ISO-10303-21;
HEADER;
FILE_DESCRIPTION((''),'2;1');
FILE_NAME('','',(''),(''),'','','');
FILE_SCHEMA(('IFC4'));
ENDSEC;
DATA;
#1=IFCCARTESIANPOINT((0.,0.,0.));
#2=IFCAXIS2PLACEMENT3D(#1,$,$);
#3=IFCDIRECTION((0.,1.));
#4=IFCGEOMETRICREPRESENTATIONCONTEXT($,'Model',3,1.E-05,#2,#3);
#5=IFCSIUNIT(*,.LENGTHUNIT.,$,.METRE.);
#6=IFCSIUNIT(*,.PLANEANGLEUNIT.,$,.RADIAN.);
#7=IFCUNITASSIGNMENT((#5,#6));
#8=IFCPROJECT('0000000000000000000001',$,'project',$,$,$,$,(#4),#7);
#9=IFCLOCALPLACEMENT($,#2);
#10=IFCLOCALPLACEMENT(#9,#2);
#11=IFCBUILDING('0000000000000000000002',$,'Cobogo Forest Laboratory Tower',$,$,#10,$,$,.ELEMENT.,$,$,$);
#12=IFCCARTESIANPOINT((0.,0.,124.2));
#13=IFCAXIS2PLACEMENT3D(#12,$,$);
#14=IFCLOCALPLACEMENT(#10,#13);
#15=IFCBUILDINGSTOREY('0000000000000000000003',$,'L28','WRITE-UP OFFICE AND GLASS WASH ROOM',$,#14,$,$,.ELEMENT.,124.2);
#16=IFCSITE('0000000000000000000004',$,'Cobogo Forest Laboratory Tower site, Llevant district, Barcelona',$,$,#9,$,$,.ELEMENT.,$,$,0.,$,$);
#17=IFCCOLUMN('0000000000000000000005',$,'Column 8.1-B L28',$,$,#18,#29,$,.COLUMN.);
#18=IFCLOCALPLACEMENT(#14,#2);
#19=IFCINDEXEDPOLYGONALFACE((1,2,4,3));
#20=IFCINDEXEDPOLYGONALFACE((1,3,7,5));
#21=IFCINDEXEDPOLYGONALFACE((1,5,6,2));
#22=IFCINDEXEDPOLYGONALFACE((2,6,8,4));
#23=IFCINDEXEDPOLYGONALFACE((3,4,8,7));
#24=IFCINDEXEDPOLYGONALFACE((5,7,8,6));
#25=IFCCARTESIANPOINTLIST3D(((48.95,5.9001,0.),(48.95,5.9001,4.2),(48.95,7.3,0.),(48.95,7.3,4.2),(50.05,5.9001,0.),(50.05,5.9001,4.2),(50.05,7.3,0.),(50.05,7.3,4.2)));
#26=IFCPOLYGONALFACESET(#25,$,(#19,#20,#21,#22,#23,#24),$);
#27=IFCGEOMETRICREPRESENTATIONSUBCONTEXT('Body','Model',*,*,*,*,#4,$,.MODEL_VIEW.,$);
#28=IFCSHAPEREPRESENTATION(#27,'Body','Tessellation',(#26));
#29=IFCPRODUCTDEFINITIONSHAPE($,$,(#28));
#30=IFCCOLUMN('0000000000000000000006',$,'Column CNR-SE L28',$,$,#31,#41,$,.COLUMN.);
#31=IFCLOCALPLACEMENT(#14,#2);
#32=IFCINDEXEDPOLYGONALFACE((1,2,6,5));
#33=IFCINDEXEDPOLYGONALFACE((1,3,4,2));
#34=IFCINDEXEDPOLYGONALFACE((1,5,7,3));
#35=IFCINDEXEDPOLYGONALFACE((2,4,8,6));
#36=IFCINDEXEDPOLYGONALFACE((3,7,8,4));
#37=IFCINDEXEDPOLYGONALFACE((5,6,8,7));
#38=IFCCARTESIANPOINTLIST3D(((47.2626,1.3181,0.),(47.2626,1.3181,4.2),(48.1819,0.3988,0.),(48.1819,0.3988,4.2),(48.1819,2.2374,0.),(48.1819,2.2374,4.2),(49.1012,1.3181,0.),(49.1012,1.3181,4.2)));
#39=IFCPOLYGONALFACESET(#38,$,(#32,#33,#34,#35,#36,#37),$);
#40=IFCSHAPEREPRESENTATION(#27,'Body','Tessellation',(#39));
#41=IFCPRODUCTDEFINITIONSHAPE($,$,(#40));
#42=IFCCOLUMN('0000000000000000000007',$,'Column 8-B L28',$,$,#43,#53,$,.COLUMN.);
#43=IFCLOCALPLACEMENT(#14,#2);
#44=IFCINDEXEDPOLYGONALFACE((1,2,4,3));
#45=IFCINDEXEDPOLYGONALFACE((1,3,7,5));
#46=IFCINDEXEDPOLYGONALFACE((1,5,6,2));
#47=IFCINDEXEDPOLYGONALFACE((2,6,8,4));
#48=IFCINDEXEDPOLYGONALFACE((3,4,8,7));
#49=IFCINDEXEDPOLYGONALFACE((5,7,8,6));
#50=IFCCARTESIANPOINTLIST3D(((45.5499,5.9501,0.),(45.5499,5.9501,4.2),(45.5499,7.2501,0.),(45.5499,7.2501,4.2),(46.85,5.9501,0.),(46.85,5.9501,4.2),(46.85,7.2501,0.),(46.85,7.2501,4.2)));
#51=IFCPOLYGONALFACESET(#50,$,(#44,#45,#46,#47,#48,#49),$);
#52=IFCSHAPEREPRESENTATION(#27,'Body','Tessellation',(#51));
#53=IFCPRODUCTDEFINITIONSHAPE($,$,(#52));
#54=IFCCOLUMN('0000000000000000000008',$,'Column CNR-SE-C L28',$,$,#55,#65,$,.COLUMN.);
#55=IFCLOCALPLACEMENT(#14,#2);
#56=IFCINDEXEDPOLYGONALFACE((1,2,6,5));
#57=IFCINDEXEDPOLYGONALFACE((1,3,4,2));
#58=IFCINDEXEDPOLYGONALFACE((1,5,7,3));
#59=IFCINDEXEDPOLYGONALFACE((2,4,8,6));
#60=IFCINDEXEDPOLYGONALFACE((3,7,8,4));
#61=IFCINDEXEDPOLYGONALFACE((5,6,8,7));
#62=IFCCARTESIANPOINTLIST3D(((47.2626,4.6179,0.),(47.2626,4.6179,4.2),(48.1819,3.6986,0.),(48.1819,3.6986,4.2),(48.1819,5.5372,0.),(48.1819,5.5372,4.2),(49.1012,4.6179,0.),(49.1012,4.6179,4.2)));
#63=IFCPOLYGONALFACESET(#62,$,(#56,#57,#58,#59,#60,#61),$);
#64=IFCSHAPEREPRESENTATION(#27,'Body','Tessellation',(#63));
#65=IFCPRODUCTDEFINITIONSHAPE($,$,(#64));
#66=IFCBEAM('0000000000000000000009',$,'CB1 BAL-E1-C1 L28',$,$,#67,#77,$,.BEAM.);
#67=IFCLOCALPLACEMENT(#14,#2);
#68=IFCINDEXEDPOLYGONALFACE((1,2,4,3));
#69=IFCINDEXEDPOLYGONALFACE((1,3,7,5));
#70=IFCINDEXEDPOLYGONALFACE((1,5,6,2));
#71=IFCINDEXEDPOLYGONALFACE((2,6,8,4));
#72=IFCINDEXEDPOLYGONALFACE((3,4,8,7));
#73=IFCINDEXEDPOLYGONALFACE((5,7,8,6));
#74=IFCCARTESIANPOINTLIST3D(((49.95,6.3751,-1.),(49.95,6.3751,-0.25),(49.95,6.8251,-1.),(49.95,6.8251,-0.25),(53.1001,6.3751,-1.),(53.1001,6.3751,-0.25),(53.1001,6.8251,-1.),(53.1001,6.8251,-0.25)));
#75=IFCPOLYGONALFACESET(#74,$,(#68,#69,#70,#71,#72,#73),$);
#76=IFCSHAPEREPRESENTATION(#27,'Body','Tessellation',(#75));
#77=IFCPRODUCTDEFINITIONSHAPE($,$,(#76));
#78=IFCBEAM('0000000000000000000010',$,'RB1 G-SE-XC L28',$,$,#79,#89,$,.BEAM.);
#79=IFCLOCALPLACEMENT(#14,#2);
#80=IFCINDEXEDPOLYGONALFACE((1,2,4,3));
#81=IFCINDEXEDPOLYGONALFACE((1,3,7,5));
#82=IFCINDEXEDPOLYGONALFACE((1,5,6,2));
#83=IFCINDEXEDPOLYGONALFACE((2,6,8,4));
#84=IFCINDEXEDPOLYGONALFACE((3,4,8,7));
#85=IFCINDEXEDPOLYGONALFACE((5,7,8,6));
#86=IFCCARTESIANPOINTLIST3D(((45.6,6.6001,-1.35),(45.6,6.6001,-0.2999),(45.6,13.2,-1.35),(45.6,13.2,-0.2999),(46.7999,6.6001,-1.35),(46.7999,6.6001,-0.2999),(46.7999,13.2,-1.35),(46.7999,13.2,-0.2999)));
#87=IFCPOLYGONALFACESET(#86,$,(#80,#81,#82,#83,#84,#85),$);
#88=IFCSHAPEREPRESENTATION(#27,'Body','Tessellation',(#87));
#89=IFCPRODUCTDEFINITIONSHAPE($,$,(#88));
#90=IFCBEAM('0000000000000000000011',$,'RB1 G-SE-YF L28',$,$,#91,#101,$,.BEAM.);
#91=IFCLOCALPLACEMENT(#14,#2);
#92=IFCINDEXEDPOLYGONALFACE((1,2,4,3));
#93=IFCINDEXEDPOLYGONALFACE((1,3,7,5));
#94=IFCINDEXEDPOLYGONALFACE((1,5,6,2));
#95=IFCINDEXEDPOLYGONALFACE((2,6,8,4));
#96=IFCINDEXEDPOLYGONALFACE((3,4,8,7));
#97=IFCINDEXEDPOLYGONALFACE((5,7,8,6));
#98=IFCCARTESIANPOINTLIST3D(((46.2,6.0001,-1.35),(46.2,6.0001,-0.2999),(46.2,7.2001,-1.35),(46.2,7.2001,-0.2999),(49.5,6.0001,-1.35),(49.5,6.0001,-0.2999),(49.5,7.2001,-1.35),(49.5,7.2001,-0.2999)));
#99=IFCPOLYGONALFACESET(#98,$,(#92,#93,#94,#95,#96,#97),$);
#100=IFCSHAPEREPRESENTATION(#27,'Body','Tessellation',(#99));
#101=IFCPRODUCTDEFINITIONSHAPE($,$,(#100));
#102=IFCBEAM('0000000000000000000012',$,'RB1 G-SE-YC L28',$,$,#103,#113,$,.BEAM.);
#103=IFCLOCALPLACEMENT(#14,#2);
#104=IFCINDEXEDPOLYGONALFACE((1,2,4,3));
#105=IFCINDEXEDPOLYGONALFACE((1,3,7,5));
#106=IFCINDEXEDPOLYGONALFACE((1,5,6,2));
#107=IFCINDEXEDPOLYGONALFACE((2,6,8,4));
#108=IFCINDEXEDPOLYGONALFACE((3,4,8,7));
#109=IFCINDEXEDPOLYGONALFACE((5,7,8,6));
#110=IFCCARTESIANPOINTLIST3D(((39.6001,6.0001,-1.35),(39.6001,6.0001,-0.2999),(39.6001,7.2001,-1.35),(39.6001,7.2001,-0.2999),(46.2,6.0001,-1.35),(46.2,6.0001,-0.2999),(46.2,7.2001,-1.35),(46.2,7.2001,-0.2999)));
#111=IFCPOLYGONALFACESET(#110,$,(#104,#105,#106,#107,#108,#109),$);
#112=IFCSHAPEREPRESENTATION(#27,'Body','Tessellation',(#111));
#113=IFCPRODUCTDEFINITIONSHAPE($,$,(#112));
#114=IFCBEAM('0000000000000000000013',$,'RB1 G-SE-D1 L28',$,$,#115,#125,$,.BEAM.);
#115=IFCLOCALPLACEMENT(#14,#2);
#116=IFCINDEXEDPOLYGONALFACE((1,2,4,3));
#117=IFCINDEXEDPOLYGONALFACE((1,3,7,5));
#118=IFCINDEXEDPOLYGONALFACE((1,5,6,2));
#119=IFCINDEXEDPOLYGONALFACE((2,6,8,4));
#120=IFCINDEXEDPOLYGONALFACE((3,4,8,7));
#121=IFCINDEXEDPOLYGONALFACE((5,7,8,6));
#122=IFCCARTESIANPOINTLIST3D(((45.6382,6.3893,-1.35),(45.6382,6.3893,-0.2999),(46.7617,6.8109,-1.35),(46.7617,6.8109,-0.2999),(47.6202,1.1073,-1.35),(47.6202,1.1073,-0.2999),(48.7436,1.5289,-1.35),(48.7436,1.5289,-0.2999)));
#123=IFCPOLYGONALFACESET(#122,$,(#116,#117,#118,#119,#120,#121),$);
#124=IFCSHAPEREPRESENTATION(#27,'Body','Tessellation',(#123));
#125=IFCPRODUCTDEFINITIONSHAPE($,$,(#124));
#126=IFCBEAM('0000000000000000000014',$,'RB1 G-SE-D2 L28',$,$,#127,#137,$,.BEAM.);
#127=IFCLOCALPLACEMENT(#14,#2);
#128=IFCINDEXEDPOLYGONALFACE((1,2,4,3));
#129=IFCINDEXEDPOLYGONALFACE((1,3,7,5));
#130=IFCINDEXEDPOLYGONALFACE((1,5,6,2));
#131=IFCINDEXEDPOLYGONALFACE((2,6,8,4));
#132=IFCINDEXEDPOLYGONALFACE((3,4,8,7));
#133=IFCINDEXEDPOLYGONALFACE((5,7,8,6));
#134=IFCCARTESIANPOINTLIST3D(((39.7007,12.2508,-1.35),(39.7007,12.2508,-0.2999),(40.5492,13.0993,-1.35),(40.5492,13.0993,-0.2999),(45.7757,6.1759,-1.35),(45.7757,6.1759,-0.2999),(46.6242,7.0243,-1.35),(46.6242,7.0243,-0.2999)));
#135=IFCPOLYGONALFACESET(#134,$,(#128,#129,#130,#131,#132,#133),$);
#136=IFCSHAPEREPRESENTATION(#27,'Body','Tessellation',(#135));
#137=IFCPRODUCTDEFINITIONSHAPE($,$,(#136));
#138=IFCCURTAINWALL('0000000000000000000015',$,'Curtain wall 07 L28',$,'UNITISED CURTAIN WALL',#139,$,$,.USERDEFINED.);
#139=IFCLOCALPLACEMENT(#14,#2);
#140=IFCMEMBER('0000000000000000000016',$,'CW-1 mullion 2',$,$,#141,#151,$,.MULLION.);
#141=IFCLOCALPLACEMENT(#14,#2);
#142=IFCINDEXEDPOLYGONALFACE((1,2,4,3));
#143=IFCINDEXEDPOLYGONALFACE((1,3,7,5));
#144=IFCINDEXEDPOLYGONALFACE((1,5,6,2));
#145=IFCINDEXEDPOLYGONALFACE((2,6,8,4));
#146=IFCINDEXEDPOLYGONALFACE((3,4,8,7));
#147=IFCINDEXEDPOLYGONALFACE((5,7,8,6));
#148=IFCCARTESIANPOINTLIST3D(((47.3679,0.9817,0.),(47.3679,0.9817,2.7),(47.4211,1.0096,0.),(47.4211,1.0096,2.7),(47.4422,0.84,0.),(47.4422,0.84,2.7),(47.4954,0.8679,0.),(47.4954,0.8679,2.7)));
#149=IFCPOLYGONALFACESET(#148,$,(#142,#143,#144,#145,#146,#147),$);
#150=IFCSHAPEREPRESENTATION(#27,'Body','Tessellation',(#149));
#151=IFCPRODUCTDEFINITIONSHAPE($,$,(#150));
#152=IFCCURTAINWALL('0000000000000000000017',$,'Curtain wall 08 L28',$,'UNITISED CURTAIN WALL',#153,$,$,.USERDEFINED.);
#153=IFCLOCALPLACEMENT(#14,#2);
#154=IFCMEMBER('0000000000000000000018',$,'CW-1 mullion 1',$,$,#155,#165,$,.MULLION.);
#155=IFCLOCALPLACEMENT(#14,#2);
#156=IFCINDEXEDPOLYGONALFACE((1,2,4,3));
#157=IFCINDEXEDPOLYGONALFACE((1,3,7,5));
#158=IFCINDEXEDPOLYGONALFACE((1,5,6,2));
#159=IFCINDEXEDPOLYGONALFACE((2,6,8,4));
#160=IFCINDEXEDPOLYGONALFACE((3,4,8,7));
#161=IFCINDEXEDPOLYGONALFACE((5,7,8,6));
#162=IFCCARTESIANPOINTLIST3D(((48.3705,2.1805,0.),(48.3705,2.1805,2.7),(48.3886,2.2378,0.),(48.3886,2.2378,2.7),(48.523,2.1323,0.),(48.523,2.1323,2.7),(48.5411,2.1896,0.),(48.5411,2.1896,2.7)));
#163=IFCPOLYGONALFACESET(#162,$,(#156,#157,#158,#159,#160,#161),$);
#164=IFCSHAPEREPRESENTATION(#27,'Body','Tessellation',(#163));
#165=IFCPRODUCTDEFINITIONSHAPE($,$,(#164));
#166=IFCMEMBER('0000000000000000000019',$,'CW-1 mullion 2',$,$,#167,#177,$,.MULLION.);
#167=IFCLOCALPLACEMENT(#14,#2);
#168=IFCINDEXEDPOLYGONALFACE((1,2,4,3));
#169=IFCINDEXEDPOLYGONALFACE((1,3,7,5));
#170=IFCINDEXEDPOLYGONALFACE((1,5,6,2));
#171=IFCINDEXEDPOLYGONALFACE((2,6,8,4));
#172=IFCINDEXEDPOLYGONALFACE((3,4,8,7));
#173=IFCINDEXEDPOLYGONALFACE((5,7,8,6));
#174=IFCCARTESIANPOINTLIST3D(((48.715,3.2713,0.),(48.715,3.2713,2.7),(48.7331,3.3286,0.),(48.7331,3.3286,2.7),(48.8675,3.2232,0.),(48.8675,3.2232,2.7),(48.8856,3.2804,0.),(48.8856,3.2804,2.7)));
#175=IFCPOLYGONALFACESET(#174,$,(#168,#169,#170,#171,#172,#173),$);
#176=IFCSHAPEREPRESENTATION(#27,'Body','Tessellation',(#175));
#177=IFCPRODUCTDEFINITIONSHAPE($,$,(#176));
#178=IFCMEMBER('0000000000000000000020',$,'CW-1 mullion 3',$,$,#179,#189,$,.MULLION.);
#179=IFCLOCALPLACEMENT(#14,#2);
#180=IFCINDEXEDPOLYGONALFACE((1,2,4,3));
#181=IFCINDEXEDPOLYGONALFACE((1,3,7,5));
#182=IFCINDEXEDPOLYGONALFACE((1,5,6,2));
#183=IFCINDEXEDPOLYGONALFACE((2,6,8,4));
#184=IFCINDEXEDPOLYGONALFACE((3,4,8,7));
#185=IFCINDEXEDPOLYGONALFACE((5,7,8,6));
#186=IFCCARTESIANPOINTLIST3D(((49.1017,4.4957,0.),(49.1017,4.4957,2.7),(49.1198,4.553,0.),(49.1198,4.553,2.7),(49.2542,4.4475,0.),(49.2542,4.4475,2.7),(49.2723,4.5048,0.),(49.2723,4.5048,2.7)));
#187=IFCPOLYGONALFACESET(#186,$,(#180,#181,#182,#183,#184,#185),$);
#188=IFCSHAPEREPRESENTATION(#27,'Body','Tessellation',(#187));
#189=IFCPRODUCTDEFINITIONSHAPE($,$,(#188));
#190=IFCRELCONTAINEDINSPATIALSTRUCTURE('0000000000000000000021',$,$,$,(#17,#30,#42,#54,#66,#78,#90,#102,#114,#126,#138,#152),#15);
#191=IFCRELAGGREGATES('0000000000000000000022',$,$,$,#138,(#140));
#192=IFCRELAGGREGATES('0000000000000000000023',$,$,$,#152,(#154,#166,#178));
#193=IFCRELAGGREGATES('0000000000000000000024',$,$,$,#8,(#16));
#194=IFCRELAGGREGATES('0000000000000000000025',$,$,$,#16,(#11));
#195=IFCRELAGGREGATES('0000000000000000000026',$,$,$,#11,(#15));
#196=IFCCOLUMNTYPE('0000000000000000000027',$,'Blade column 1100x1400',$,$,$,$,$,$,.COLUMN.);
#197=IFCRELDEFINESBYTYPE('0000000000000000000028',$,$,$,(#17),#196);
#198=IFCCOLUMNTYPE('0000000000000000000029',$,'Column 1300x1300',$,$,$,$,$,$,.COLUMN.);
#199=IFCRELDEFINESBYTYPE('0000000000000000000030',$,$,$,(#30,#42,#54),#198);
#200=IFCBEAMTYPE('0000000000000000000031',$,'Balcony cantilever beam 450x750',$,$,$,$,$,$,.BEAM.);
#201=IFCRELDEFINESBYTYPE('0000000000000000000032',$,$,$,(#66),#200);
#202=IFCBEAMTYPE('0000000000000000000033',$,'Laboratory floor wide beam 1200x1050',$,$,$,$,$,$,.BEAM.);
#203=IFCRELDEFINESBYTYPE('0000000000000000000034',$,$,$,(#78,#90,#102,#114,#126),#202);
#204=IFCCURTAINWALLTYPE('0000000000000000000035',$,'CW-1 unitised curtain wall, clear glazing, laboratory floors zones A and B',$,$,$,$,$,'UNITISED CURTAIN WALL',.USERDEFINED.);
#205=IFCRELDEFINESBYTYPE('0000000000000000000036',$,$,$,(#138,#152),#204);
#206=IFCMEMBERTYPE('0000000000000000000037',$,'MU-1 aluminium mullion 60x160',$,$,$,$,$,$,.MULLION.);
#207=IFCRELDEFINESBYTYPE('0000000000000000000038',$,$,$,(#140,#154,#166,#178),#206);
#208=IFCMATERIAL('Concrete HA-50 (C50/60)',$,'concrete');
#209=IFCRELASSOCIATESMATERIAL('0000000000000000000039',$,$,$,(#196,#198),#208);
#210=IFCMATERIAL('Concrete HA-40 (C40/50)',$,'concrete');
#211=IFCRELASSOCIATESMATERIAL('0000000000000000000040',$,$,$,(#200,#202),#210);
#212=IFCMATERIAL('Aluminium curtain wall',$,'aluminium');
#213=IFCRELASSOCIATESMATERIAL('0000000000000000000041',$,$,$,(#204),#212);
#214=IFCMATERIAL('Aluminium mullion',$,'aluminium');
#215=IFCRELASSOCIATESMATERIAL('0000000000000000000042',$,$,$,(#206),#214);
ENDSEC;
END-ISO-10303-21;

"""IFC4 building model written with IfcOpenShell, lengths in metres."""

from ifc_helpers import new_model, si_unit, direction, frame, origin, origin_2d, place, context, subcontext, project, spatial, rectangle, extrude, material, material_profile, profile_set, type_object, element, aggregate, save


model = new_model("IFC4")

# Units and contexts
model_context = context("Model", 3, precision=1e-05, world=origin(), true_north=direction((0.0, 1.0)))
body_context = subcontext(model_context, "Body", "Model", "MODEL_VIEW")
ifc_project = project(units=[si_unit("LENGTHUNIT", "METRE"), si_unit("PLANEANGLEUNIT", "RADIAN")], contexts=[model_context])

# Site, building, storey
site_placement = place(None, origin())
site = spatial("IfcSite", under=ifc_project, at=site_placement, Name="Cobogo Forest Laboratory Tower site, Llevant district, Barcelona", CompositionType="ELEMENT", RefElevation=0.0)
building_placement = place(site_placement, origin())
building = spatial("IfcBuilding", under=site, at=building_placement, Name="Cobogo Forest Laboratory Tower", CompositionType="ELEMENT")
storey_placement = place(building_placement, frame((0.0, 0.0, 124.2)))
storey = spatial("IfcBuildingStorey", under=building, at=storey_placement, Name="L28", Description="WRITE-UP OFFICE AND GLASS WASH ROOM", CompositionType="ELEMENT", Elevation=124.2)

# Columns
ifc_material_1 = material(Name="Concrete HA-50 (C50/60)", Category="concrete")
ifc_material_profile_1 = material_profile(ifc_material_1, rectangle(XDim=1.3999, YDim=1.1001, at=origin_2d()), Name="RC 1100x1400")
ifc_profile_set_1 = profile_set([ifc_material_profile_1], Name="Concrete HA-50 (C50/60)")
column_type_1 = type_object("IfcColumnType", Name="Blade column 1100x1400", PredefinedType="COLUMN", material=ifc_profile_set_1)
column_placement = place(storey_placement, frame((49.5, 6.6001, 0.0), z_axis=(0.0, 0.0, 1.0), x_axis=(0.0, 1.0, 0.0)))
element("IfcColumn", 1, at=column_placement, inside=storey, type_object=column_type_1, Name="Column 8.1-B L28", PredefinedType="COLUMN", context=body_context, shape_type="SweptSolid", body=[
    extrude(rectangle(XDim=1.3999, YDim=1.1001, at=origin_2d()), origin(), (0.0, 0.0, 1.0), 4.2),
])
ifc_material_profile_2 = material_profile(ifc_material_1, rectangle(XDim=1.3, YDim=1.3, at=origin_2d()), Name="RC 1300x1300")
ifc_profile_set_2 = profile_set([ifc_material_profile_2], Name="Concrete HA-50 (C50/60)")
column_type_2 = type_object("IfcColumnType", Name="Column 1300x1300", PredefinedType="COLUMN", material=ifc_profile_set_2)
for number, where, z_axis, x_axis, name in (
    (2, (48.1819, 1.3181, 0.0), (0.0, 0.0, 1.0), (0.707107, 0.707107, 0.0), "Column CNR-SE L28"),
    (3, (46.2, 6.6001, 0.0), (0.0, 0.0, 1.0), (1.0, 0.0, 0.0), "Column 8-B L28"),
    (4, (48.1819, 4.6179, 0.0), (0.0, 0.0, 1.0), (0.707107, 0.707107, 0.0), "Column CNR-SE-C L28"),
):
    element("IfcColumn", number, at=place(storey_placement, frame(where, z_axis=z_axis, x_axis=x_axis)), inside=storey, type_object=column_type_2, Name=name, PredefinedType="COLUMN", context=body_context, shape_type="SweptSolid", body=[
        extrude(rectangle(XDim=1.3, YDim=1.3, at=origin_2d()), origin(), (0.0, 0.0, 1.0), 4.2),
    ])

# Beams
ifc_material_2 = material(Name="Concrete HA-40 (C40/50)", Category="concrete")
ifc_material_profile_3 = material_profile(ifc_material_2, rectangle(XDim=0.45, YDim=0.75, at=origin_2d()), Name="RC 450x750")
ifc_profile_set_3 = profile_set([ifc_material_profile_3], Name="Concrete HA-40 (C40/50)")
beam_type_1 = type_object("IfcBeamType", Name="Balcony cantilever beam 450x750", PredefinedType="BEAM", material=ifc_profile_set_3)
beam_1_placement = place(storey_placement, frame((49.95, 6.6001, -0.625), z_axis=(1.0, 0.0, 0.0), x_axis=(0.0, 1.0, 0.0)))
element("IfcBeam", 5, at=beam_1_placement, inside=storey, type_object=beam_type_1, Name="CB1 BAL-E1-C1 L28", PredefinedType="BEAM", context=body_context, shape_type="SweptSolid", body=[
    extrude(rectangle(XDim=0.45, YDim=0.75, at=origin_2d()), origin(), (0.0, 0.0, 1.0), 3.1501),
])
ifc_material_profile_4 = material_profile(ifc_material_2, rectangle(XDim=1.2, YDim=1.05, at=origin_2d()), Name="RC 1200x1050")
ifc_profile_set_4 = profile_set([ifc_material_profile_4], Name="Concrete HA-40 (C40/50)")
beam_type_2 = type_object("IfcBeamType", Name="Laboratory floor wide beam 1200x1050", PredefinedType="BEAM", material=ifc_profile_set_4)
beam_2_placement = place(storey_placement, frame((46.2, 6.6001, -0.825), z_axis=(0.0, 1.0, 0.0), x_axis=(-1.0, 0.0, 0.0)))
element("IfcBeam", 6, at=beam_2_placement, inside=storey, type_object=beam_type_2, Name="RB1 G-SE-XC L28", PredefinedType="BEAM", context=body_context, shape_type="SweptSolid", body=[
    extrude(rectangle(XDim=1.2, YDim=1.05, at=origin_2d()), origin(), (0.0, 0.0, 1.0), 6.5999),
])
beam_3_placement = place(storey_placement, frame((49.5, 6.6001, -0.825), z_axis=(-1.0, 0.0, 0.0), x_axis=(0.0, -1.0, 0.0)))
element("IfcBeam", 7, at=beam_3_placement, inside=storey, type_object=beam_type_2, Name="RB1 G-SE-YF L28", PredefinedType="BEAM", context=body_context, shape_type="SweptSolid", body=[
    extrude(rectangle(XDim=1.2, YDim=1.05, at=origin_2d()), origin(), (0.0, 0.0, 1.0), 3.3),
])
beam_4_placement = place(storey_placement, frame((46.2, 6.6001, -0.825), z_axis=(-1.0, 0.0, 0.0), x_axis=(0.0, -1.0, 0.0)))
element("IfcBeam", 8, at=beam_4_placement, inside=storey, type_object=beam_type_2, Name="RB1 G-SE-YC L28", PredefinedType="BEAM", context=body_context, shape_type="SweptSolid", body=[
    extrude(rectangle(XDim=1.2, YDim=1.05, at=origin_2d()), origin(), (0.0, 0.0, 1.0), 6.5999),
])
beam_5_placement = place(storey_placement, frame((48.1819, 1.3181, -0.825), z_axis=(-0.351308, 0.93626, 0.0), x_axis=(-0.93626, -0.351308, 0.0)))
element("IfcBeam", 9, at=beam_5_placement, inside=storey, type_object=beam_type_2, Name="RB1 G-SE-D1 L28", PredefinedType="BEAM", context=body_context, shape_type="SweptSolid", body=[
    extrude(rectangle(XDim=1.2, YDim=1.05, at=origin_2d()), origin(), (0.0, 0.0, 1.0), 5.6416),
])
beam_6_placement = place(storey_placement, frame((46.2, 6.6001, -0.825), z_axis=(-0.707107, 0.707107, 0.0), x_axis=(-0.707107, -0.707107, 0.0)))
element("IfcBeam", 10, at=beam_6_placement, inside=storey, type_object=beam_type_2, Name="RB1 G-SE-D2 L28", PredefinedType="BEAM", context=body_context, shape_type="SweptSolid", body=[
    extrude(rectangle(XDim=1.2, YDim=1.05, at=origin_2d()), origin(), (0.0, 0.0, 1.0), 8.5913),
])

# Curtain wall, member
ifc_material_3 = material(Name="Aluminium curtain wall", Category="aluminium")
curtain_wall_type = type_object("IfcCurtainWallType", Name="CW-1 unitised curtain wall, clear glazing, laboratory floors zones A and B", ElementType="UNITISED CURTAIN WALL", PredefinedType="USERDEFINED", material=ifc_material_3)
curtain_wall_1_placement = place(storey_placement, origin())
curtain_wall_1 = element("IfcCurtainWall", 11, at=curtain_wall_1_placement, inside=storey, type_object=curtain_wall_type, Name="Curtain wall 07 L28", ObjectType="UNITISED CURTAIN WALL", PredefinedType="USERDEFINED")
ifc_material_4 = material(Name="Aluminium mullion", Category="aluminium")
ifc_material_profile_5 = material_profile(ifc_material_4, rectangle(XDim=0.0601, YDim=0.1599, at=origin_2d()), Name="AL 60x160")
ifc_profile_set_5 = profile_set([ifc_material_profile_5], Name="Aluminium mullion")
member_type_1 = type_object("IfcMemberType", Name="MU-1 aluminium mullion 60x160", PredefinedType="MULLION", material=ifc_profile_set_5)
member_1_placement = place(storey_placement, frame((47.4316, 0.9248, 0.0), z_axis=(0.0, 0.0, 1.0), x_axis=(0.885687, 0.464284, 0.0)))
member_1 = element("IfcMember", 12, at=member_1_placement, type_object=member_type_1, Name="CW-1 mullion 2", PredefinedType="MULLION", context=body_context, shape_type="SweptSolid", body=[
    extrude(rectangle(XDim=0.0601, YDim=0.1599, at=origin_2d()), origin(), (0.0, 0.0, 1.0), 2.7),
])

# Curtain wall, members
curtain_wall_2_placement = place(storey_placement, origin())
curtain_wall_2 = element("IfcCurtainWall", 13, at=curtain_wall_2_placement, inside=storey, type_object=curtain_wall_type, Name="Curtain wall 08 L28", ObjectType="UNITISED CURTAIN WALL", PredefinedType="USERDEFINED")
member_2_placement = place(storey_placement, frame((48.4558, 2.1851, 0.0), z_axis=(0.0, 0.0, 1.0), x_axis=(0.301135, 0.953581, 0.0)))
member_2 = element("IfcMember", 14, at=member_2_placement, type_object=member_type_1, Name="CW-1 mullion 1", PredefinedType="MULLION", context=body_context, shape_type="SweptSolid", body=[
    extrude(rectangle(XDim=0.0601, YDim=0.1599, at=origin_2d()), origin(), (0.0, 0.0, 1.0), 2.7),
])
member_3_placement = place(storey_placement, frame((48.8003, 3.2759, 0.0), z_axis=(0.0, 0.0, 1.0), x_axis=(0.301135, 0.953581, 0.0)))
member_3 = element("IfcMember", 15, at=member_3_placement, type_object=member_type_1, Name="CW-1 mullion 2", PredefinedType="MULLION", context=body_context, shape_type="SweptSolid", body=[
    extrude(rectangle(XDim=0.0601, YDim=0.1599, at=origin_2d()), origin(), (0.0, 0.0, 1.0), 2.7),
])
member_4_placement = place(storey_placement, frame((49.187, 4.5002, 0.0), z_axis=(0.0, 0.0, 1.0), x_axis=(0.301135, 0.953581, 0.0)))
member_4 = element("IfcMember", 16, at=member_4_placement, type_object=member_type_1, Name="CW-1 mullion 3", PredefinedType="MULLION", context=body_context, shape_type="SweptSolid", body=[
    extrude(rectangle(XDim=0.0601, YDim=0.1599, at=origin_2d()), origin(), (0.0, 0.0, 1.0), 2.7),
])

aggregate(curtain_wall_1, [member_1])
aggregate(curtain_wall_2, [member_2, member_3, member_4])

save(model, "model.ifc")
